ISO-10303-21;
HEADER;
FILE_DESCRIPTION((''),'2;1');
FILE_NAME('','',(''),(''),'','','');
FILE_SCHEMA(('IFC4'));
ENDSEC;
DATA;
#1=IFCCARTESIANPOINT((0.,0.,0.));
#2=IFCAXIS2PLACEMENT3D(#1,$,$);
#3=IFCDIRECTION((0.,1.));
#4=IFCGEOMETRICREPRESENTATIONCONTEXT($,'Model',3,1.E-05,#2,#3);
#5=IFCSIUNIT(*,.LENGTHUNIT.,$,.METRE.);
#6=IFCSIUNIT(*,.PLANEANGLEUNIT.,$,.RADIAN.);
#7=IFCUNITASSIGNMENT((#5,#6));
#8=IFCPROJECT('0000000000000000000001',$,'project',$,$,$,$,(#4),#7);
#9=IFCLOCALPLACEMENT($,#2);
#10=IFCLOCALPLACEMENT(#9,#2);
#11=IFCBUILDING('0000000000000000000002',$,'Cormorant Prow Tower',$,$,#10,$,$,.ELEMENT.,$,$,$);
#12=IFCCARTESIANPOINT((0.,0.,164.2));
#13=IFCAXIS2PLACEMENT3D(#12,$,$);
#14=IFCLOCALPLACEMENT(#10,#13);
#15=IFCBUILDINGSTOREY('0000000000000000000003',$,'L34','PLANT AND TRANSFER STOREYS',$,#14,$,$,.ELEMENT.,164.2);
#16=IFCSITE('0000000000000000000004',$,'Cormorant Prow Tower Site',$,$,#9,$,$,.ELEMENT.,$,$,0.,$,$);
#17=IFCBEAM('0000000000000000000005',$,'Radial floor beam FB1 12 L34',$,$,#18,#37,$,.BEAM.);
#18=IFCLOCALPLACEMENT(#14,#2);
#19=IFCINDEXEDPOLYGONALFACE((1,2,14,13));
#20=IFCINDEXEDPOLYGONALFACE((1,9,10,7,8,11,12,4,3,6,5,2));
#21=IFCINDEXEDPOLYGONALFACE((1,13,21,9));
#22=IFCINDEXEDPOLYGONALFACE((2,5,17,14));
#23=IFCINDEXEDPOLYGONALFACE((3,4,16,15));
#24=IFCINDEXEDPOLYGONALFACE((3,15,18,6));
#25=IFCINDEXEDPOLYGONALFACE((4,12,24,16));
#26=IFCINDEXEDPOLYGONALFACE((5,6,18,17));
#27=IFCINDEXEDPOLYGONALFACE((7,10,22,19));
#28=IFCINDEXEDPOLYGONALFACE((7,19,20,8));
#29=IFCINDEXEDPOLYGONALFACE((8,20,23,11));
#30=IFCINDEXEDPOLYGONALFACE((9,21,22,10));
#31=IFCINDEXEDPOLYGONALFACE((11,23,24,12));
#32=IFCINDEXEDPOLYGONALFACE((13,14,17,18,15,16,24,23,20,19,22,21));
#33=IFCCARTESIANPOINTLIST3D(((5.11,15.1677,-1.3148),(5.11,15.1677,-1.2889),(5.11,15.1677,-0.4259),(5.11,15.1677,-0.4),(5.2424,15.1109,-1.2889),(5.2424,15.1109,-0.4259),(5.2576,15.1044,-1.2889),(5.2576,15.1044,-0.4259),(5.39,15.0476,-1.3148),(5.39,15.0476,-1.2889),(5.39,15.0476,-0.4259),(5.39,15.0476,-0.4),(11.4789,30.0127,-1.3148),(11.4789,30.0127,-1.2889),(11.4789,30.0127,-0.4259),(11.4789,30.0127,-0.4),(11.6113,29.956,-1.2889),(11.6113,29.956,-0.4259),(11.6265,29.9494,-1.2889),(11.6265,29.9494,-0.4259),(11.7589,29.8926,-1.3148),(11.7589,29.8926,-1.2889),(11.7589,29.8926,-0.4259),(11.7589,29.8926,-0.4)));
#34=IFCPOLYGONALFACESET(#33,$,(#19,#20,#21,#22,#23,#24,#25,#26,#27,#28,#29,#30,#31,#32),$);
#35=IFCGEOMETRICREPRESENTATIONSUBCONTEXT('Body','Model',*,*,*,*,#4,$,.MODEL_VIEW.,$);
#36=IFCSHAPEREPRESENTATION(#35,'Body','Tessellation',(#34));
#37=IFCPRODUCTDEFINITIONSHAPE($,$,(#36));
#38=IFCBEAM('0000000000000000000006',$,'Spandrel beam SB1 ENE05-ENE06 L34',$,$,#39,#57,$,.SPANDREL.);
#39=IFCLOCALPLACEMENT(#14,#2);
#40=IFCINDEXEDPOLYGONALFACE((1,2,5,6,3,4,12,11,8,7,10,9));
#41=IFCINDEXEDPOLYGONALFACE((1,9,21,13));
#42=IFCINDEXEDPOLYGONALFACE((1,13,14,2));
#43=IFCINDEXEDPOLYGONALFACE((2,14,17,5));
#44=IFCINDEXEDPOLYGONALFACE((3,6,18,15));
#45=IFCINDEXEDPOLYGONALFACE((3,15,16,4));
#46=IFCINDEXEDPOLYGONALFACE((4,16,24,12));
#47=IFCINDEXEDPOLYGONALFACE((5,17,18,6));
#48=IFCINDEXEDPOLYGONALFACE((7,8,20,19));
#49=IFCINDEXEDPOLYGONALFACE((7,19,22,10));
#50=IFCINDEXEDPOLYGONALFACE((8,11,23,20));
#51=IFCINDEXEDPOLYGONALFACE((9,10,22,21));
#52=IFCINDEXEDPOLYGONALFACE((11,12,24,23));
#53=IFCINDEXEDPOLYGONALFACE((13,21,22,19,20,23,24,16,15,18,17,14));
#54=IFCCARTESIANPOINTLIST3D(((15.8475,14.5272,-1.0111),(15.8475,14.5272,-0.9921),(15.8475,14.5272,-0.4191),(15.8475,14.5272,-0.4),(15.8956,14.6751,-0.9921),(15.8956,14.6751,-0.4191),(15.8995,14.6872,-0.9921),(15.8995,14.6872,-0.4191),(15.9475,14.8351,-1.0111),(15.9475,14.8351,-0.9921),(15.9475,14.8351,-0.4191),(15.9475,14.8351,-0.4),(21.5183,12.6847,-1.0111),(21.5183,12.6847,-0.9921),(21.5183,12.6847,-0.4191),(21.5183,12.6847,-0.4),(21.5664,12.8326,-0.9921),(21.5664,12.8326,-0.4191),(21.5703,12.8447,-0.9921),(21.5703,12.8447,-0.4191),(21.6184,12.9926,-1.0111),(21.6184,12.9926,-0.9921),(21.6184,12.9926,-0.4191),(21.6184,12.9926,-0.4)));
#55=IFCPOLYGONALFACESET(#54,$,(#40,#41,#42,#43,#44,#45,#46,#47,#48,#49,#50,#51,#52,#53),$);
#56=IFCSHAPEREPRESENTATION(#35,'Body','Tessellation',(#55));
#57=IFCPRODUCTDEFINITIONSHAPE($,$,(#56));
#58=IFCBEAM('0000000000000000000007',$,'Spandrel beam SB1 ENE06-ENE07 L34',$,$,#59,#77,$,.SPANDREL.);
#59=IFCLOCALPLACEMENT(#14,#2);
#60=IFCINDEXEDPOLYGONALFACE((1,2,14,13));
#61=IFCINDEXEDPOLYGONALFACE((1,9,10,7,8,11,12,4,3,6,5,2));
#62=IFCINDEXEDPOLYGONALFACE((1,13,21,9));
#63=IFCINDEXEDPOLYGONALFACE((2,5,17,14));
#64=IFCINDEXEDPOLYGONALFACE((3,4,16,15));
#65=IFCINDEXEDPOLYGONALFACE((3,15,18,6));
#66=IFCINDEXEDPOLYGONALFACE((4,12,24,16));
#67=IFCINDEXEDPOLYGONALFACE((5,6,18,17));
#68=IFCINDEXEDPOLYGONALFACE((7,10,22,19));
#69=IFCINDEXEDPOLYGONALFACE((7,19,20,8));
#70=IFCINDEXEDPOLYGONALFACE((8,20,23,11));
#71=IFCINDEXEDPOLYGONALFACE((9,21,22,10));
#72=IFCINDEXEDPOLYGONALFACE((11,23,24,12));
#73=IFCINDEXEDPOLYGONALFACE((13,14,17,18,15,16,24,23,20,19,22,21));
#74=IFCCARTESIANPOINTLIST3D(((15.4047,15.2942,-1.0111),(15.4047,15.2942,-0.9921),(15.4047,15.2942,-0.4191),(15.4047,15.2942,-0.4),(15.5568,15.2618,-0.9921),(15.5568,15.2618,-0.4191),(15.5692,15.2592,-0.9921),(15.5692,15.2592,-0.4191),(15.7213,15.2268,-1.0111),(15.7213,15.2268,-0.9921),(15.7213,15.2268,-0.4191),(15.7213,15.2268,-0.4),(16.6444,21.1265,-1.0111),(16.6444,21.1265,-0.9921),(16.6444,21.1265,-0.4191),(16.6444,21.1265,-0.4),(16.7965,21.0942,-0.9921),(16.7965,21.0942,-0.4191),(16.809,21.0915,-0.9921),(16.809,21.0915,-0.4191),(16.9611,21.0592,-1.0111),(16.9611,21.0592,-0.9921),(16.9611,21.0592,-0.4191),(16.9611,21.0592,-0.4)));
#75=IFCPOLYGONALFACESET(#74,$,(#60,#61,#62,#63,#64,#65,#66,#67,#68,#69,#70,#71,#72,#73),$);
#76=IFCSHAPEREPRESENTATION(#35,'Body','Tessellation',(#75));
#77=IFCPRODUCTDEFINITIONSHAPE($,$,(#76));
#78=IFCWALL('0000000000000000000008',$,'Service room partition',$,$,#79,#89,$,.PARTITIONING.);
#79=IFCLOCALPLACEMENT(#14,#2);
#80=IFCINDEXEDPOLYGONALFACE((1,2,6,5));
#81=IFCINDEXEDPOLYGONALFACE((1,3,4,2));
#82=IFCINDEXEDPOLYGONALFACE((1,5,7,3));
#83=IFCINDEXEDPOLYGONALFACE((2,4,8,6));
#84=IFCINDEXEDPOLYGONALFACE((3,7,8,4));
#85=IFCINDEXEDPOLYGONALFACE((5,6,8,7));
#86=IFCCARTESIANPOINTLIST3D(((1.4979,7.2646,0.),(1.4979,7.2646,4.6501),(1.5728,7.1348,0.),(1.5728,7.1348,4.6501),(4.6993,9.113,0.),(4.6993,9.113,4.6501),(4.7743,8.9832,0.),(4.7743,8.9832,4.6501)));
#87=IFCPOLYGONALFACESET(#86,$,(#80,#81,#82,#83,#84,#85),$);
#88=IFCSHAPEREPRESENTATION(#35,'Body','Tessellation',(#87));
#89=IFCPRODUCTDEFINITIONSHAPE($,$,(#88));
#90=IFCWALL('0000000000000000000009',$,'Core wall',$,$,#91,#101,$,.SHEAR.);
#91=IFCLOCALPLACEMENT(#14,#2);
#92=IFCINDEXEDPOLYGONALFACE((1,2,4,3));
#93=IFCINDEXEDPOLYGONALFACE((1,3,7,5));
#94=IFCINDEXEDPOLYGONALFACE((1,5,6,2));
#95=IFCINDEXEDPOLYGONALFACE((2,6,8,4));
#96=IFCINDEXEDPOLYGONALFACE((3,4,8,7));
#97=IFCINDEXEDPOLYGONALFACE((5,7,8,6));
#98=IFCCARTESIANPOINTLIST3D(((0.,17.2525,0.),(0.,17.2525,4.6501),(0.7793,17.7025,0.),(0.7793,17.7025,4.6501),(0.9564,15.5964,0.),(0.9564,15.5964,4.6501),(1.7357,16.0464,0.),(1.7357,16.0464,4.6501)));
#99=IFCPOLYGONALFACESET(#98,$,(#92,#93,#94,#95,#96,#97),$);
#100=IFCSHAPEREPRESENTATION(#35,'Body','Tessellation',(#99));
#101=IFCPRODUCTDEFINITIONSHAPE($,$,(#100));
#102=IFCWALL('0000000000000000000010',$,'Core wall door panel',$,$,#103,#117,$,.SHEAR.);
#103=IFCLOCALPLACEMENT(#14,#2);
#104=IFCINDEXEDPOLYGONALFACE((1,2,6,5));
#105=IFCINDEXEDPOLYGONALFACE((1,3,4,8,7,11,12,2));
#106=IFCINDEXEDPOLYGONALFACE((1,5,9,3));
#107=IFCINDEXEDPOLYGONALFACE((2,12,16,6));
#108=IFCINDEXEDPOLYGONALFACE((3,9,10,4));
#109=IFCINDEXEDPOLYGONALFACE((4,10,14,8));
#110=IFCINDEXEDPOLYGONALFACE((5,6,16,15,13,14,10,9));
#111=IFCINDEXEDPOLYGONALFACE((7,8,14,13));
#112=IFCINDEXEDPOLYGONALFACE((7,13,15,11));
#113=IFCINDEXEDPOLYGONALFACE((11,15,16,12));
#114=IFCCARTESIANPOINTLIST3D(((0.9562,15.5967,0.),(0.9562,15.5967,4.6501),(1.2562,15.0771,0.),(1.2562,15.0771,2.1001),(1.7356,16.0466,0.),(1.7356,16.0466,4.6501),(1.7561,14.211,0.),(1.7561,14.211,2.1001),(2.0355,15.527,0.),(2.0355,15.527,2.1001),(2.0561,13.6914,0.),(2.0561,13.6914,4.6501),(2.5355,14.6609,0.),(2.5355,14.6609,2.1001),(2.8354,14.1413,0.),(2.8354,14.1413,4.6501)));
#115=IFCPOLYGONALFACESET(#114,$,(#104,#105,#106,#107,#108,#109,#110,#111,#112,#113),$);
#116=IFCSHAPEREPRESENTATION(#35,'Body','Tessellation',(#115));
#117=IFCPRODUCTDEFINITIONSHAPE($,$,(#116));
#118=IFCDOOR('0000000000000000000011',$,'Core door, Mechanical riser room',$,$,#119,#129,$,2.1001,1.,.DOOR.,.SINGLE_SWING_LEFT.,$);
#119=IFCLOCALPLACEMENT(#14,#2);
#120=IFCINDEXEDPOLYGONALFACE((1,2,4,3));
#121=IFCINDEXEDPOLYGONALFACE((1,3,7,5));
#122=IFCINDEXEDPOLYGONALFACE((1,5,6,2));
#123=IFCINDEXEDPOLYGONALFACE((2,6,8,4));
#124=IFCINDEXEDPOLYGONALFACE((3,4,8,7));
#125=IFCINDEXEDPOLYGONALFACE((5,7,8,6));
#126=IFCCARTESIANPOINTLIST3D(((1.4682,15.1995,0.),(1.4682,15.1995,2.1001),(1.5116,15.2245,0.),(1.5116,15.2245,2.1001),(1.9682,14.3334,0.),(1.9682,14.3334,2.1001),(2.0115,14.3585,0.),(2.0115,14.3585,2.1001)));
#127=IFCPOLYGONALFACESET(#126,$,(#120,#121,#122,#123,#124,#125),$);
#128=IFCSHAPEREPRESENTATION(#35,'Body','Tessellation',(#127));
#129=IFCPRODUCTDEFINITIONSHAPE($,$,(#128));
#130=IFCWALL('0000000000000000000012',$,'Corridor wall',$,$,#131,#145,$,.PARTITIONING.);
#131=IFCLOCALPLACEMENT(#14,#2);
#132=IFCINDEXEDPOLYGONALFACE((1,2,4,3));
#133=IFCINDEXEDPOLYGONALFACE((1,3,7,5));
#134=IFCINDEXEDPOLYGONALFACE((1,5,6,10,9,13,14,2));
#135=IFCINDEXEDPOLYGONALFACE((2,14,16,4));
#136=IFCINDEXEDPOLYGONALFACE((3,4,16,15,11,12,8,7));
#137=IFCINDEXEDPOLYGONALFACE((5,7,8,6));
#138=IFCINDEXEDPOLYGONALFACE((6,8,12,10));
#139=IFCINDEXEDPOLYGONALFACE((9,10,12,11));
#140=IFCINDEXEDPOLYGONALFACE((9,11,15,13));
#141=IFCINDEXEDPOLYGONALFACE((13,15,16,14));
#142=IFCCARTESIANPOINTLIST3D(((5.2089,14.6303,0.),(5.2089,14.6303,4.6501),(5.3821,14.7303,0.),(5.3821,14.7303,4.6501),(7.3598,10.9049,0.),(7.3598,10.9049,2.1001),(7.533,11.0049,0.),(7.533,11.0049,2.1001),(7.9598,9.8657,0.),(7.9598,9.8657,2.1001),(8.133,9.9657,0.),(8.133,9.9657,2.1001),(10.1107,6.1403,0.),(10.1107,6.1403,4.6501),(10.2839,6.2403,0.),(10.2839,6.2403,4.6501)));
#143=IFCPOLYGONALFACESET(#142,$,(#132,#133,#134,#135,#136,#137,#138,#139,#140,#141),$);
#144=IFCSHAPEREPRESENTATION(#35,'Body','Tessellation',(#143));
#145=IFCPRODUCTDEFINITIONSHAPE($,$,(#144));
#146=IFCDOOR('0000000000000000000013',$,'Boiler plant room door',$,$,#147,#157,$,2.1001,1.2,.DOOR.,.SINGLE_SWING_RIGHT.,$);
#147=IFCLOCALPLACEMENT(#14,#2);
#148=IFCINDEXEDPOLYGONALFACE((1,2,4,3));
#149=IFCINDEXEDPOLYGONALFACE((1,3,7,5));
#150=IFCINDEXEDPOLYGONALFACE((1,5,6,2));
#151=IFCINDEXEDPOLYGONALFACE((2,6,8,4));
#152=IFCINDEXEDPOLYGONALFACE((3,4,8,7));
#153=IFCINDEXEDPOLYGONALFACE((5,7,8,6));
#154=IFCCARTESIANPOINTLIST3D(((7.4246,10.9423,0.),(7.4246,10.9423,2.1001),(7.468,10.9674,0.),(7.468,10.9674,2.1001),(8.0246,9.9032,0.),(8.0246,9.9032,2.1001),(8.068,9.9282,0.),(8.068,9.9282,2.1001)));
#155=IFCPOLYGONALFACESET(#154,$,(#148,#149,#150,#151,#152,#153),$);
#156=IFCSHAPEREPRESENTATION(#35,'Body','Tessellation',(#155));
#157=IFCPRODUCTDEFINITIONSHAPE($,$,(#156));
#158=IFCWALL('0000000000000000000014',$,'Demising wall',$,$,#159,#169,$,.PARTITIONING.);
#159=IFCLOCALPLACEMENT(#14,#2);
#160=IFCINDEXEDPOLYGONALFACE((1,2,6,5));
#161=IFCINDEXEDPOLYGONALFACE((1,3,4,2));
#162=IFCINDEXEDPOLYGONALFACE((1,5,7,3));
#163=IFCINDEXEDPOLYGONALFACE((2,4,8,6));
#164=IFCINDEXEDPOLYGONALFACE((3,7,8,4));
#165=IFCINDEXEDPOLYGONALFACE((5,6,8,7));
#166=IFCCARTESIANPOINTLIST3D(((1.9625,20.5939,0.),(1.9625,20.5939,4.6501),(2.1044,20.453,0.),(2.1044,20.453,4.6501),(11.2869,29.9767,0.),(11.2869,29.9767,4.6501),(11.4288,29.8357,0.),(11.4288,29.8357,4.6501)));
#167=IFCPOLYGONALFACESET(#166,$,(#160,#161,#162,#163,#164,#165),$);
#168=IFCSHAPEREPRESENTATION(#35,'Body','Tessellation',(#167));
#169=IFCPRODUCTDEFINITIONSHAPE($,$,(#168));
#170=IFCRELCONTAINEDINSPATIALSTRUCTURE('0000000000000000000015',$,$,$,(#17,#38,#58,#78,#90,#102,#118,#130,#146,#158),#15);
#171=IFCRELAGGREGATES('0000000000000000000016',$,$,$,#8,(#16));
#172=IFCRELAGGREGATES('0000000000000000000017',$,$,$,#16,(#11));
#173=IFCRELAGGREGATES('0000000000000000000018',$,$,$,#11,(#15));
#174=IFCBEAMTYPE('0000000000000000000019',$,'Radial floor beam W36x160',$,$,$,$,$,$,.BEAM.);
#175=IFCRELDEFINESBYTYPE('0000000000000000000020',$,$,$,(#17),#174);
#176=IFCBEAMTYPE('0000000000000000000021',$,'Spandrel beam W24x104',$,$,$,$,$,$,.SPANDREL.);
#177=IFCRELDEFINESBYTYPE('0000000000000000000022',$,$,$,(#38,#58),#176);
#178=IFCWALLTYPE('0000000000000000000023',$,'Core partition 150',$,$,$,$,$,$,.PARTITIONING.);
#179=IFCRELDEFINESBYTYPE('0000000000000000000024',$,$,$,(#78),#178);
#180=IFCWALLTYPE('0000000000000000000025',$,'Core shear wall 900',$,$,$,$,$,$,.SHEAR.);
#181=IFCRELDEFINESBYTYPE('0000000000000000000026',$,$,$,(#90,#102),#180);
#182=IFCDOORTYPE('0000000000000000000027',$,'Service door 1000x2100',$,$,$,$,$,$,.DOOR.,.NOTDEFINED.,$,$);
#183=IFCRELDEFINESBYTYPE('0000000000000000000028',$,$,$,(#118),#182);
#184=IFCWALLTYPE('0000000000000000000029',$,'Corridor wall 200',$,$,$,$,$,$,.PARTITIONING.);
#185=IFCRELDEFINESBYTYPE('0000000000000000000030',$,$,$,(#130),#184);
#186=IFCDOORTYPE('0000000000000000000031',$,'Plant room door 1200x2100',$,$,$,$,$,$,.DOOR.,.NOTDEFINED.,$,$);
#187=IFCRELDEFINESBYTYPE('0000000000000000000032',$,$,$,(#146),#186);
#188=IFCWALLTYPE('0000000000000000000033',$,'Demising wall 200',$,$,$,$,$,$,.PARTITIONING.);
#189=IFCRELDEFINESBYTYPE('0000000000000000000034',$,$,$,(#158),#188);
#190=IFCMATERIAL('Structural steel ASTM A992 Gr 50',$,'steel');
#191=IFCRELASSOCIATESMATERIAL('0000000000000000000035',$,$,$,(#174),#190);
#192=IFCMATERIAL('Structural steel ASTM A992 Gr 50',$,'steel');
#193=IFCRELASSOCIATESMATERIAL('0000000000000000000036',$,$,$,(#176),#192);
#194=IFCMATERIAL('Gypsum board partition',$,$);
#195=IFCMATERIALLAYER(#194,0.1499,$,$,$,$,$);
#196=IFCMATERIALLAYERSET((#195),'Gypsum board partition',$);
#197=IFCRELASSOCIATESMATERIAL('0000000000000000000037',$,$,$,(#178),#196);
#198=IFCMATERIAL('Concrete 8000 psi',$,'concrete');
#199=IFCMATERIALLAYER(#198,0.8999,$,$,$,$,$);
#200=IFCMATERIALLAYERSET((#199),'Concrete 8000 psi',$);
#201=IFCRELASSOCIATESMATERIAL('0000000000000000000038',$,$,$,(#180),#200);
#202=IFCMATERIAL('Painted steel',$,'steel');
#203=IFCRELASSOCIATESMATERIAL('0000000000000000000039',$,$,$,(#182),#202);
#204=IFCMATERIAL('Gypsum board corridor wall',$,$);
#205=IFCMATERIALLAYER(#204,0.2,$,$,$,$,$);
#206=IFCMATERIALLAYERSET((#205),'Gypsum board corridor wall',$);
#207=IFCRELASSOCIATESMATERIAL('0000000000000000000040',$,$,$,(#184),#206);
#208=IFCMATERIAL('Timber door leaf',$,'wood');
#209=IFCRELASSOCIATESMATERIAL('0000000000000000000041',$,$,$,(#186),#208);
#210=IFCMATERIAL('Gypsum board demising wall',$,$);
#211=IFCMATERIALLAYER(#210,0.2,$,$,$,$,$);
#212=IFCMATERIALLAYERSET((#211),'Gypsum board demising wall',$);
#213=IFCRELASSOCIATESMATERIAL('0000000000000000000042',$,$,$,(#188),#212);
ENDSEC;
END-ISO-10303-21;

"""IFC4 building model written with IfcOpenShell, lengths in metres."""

from ifc_helpers import new_model, si_unit, direction, frame, frame_2d, origin, origin_2d, place, context, subcontext, project, spatial, rectangle, i_section, extrude, material, layer, layer_set, material_profile, profile_set, type_object, element, fill, save


model = new_model("IFC4")

# Units and contexts
model_context = context("Model", 3, precision=1e-05, world=origin(), true_north=direction((0.0, 1.0)))
body_context = subcontext(model_context, "Body", "Model", "MODEL_VIEW")
ifc_project = project(units=[si_unit("LENGTHUNIT", "METRE"), si_unit("PLANEANGLEUNIT", "RADIAN")], contexts=[model_context])

# Site, building, storey
site_placement = place(None, origin())
site = spatial("IfcSite", under=ifc_project, at=site_placement, Name="Cormorant Prow Tower Site", CompositionType="ELEMENT", RefElevation=0.0)
building_placement = place(site_placement, origin())
building = spatial("IfcBuilding", under=site, at=building_placement, Name="Cormorant Prow Tower", CompositionType="ELEMENT")
storey_placement = place(building_placement, frame((0.0, 0.0, 164.2)))
storey = spatial("IfcBuildingStorey", under=building, at=storey_placement, Name="L34", Description="PLANT AND TRANSFER STOREYS", CompositionType="ELEMENT", Elevation=164.2)

# Beams
ifc_material_1 = material(Name="Structural steel ASTM A992 Gr 50", Category="steel")
ifc_material_profile_1 = material_profile(ifc_material_1, i_section(OverallWidth=0.3047, OverallDepth=0.9148, WebThickness=0.0166, FlangeThickness=0.0259, at=origin_2d()), Name="W36x160")
ifc_profile_set_1 = profile_set([ifc_material_profile_1], Name="Structural steel ASTM A992 Gr 50")
beam_type_1 = type_object("IfcBeamType", Name="Radial floor beam W36x160", PredefinedType="BEAM", material=ifc_profile_set_1)
beam_placement = place(storey_placement, frame((5.25, 15.1077, -0.8574), z_axis=(0.394273, 0.918993, 0.0), x_axis=(-0.918993, 0.394273, 0.0)))
element("IfcBeam", 1, at=beam_placement, inside=storey, type_object=beam_type_1, Name="Radial floor beam FB1 12 L34", PredefinedType="BEAM", context=body_context, shape_type="SweptSolid", body=[
    extrude(i_section(OverallWidth=0.3047, OverallDepth=0.9148, WebThickness=0.0166, FlangeThickness=0.0259, at=origin_2d()), origin(), (0.0, 0.0, 1.0), 16.1536),
])
ifc_material_2 = material(Name="Structural steel ASTM A992 Gr 50", Category="steel")
ifc_material_profile_2 = material_profile(ifc_material_2, i_section(OverallWidth=0.3237, OverallDepth=0.6111, WebThickness=0.0127, FlangeThickness=0.019, at=origin_2d()), Name="W24x104")
ifc_profile_set_2 = profile_set([ifc_material_profile_2], Name="Structural steel ASTM A992 Gr 50")
beam_type_2 = type_object("IfcBeamType", Name="Spandrel beam W24x104", PredefinedType="SPANDREL", material=ifc_profile_set_2)
for number, where, z_axis, x_axis, name in (
    (2, (21.5684, 12.8386, -0.7056), (-0.951059, 0.309008, 0.0), (-0.309008, -0.951059, 0.0), "Spandrel beam SB1 ENE05-ENE06 L34"),
    (3, (15.563, 15.2605, -0.7056), (0.207921, 0.978146, 0.0), (-0.978146, 0.207921, 0.0), "Spandrel beam SB1 ENE06-ENE07 L34"),
):
    element("IfcBeam", number, at=place(storey_placement, frame(where, z_axis=z_axis, x_axis=x_axis)), inside=storey, type_object=beam_type_2, Name=name, PredefinedType="SPANDREL", context=body_context, shape_type="SweptSolid", body=[
        extrude(i_section(OverallWidth=0.3237, OverallDepth=0.6111, WebThickness=0.0127, FlangeThickness=0.019, at=origin_2d()), origin(), (0.0, 0.0, 1.0), 5.9626),
    ])

# Walls
ifc_material_3 = material(Name="Gypsum board partition")
ifc_layer_1 = layer(ifc_material_3, 0.1499)
ifc_layer_set_1 = layer_set([ifc_layer_1], Name="Gypsum board partition")
wall_type_1 = type_object("IfcWallType", Name="Core partition 150", PredefinedType="PARTITIONING", material=ifc_layer_set_1)
wall_1_placement = place(storey_placement, frame((4.7368, 9.0481, 0.0), z_axis=(0.0, 0.0, 1.0), x_axis=(-0.86602, -0.50001, 0.0)))
element("IfcWall", 4, at=wall_1_placement, inside=storey, type_object=wall_type_1, Name="Service room partition", PredefinedType="PARTITIONING", context=body_context, shape_type="SweptSolid", body=[
    extrude(rectangle(XDim=3.6968, YDim=0.1499, at=frame_2d((1.8484, 0.0))), origin(), (0.0, 0.0, 1.0), 4.6501),
])
ifc_material_4 = material(Name="Concrete 8000 psi", Category="concrete")
ifc_layer_2 = layer(ifc_material_4, 0.8999)
ifc_layer_set_2 = layer_set([ifc_layer_2], Name="Concrete 8000 psi")
wall_type_2 = type_object("IfcWallType", Name="Core shear wall 900", PredefinedType="SHEAR", material=ifc_layer_set_2)
wall_2_placement = place(storey_placement, frame((1.3459, 15.8215, 0.0), z_axis=(0.0, 0.0, 1.0), x_axis=(-0.50008, 0.865979, 0.0)))
element("IfcWall", 5, at=wall_2_placement, inside=storey, type_object=wall_type_2, Name="Core wall", PredefinedType="SHEAR", context=body_context, shape_type="SweptSolid", body=[
    extrude(rectangle(XDim=1.9124, YDim=0.8999, at=frame_2d((0.9561, 0.0))), origin(), (0.0, 0.0, 1.0), 4.6501),
])

# Walls, openings, doors
wall_3_placement = place(storey_placement, frame((2.4458, 13.9163, 0.0), z_axis=(0.0, 0.0, 1.0), x_axis=(-0.499947, 0.866056, 0.0)))
wall_3 = element("IfcWall", 6, at=wall_3_placement, inside=storey, type_object=wall_type_2, Name="Core wall door panel", PredefinedType="SHEAR", context=body_context, shape_type="SweptSolid", body=[
    extrude(rectangle(XDim=2.2, YDim=0.8999, at=frame_2d((1.1001, 0.0))), origin(), (0.0, 0.0, 1.0), 4.6501),
])
opening_1_placement = place(wall_3_placement, frame((0.6001, 0.0, 0.0)))
opening_1 = element("IfcOpeningElement", 7, at=opening_1_placement, cuts=wall_3, PredefinedType="OPENING", context=body_context, shape_type="SweptSolid", body=[
    extrude(rectangle(XDim=1.0, YDim=2.1001, at=frame_2d((0.5, 1.05))), frame((0.0, 0.46, 0.0), z_axis=(0.0, -1.0, 0.0), x_axis=(1.0, 0.0, 0.0)), (0.0, 0.0, 1.0), 0.9199),
])
ifc_material_5 = material(Name="Painted steel", Category="steel")
door_type_1 = type_object("IfcDoorType", Name="Service door 1000x2100", OperationType="NOTDEFINED", PredefinedType="DOOR", material=ifc_material_5)
door_1_placement = place(opening_1_placement, origin())
door_1 = element("IfcDoor", 8, at=door_1_placement, inside=storey, type_object=door_type_1, Name="Core door, Mechanical riser room", OperationType="SINGLE_SWING_LEFT", OverallHeight=2.1001, OverallWidth=1.0, PredefinedType="DOOR", context=body_context, shape_type="SweptSolid", body=[
    extrude(rectangle(XDim=1.0, YDim=2.1001, at=frame_2d((0.5, 1.05))), frame((0.0, 0.2051, 0.0), z_axis=(0.0, -1.0, 0.0), x_axis=(1.0, 0.0, 0.0)), (0.0, 0.0, 1.0), 0.05),
])
fill(opening_1, door_1)
ifc_material_6 = material(Name="Gypsum board corridor wall")
ifc_layer_3 = layer(ifc_material_6, 0.2)
ifc_layer_set_3 = layer_set([ifc_layer_3], Name="Gypsum board corridor wall")
wall_type_3 = type_object("IfcWallType", Name="Corridor wall 200", PredefinedType="PARTITIONING", material=ifc_layer_set_3)
wall_4_placement = place(storey_placement, frame((5.2954, 14.6804, 0.0), z_axis=(0.0, 0.0, 1.0), x_axis=(0.500012, -0.866018, 0.0)))
wall_4 = element("IfcWall", 9, at=wall_4_placement, inside=storey, type_object=wall_type_3, Name="Corridor wall", PredefinedType="PARTITIONING", context=body_context, shape_type="SweptSolid", body=[
    extrude(rectangle(XDim=9.8035, YDim=0.2, at=frame_2d((4.9019, 0.0))), origin(), (0.0, 0.0, 1.0), 4.6501),
])
opening_2_placement = place(wall_4_placement, frame((4.3018, 0.0, 0.0)))
opening_2 = element("IfcOpeningElement", 10, at=opening_2_placement, cuts=wall_4, PredefinedType="OPENING", context=body_context, shape_type="SweptSolid", body=[
    extrude(rectangle(XDim=1.2, YDim=2.1001, at=frame_2d((0.6001, 1.05))), frame((0.0, 0.1099, 0.0), z_axis=(0.0, -1.0, 0.0), x_axis=(1.0, 0.0, 0.0)), (0.0, 0.0, 1.0), 0.22),
])
ifc_material_7 = material(Name="Timber door leaf", Category="wood")
door_type_2 = type_object("IfcDoorType", Name="Plant room door 1200x2100", OperationType="NOTDEFINED", PredefinedType="DOOR", material=ifc_material_7)
door_2_placement = place(opening_2_placement, origin())
door_2 = element("IfcDoor", 11, at=door_2_placement, inside=storey, type_object=door_type_2, Name="Boiler plant room door", OperationType="SINGLE_SWING_RIGHT", OverallHeight=2.1001, OverallWidth=1.2, PredefinedType="DOOR", context=body_context, shape_type="SweptSolid", body=[
    extrude(rectangle(XDim=1.2, YDim=2.1001, at=frame_2d((0.6001, 1.05))), frame((0.0, 0.0249, 0.0), z_axis=(0.0, -1.0, 0.0), x_axis=(1.0, 0.0, 0.0)), (0.0, 0.0, 1.0), 0.05),
])
fill(opening_2, door_2)

# Wall
ifc_material_8 = material(Name="Gypsum board demising wall")
ifc_layer_4 = layer(ifc_material_8, 0.2)
ifc_layer_set_4 = layer_set([ifc_layer_4], Name="Gypsum board demising wall")
wall_type_4 = type_object("IfcWallType", Name="Demising wall 200", PredefinedType="PARTITIONING", material=ifc_layer_set_4)
wall_5_placement = place(storey_placement, frame((2.0334, 20.5234, 0.0), z_axis=(0.0, 0.0, 1.0), x_axis=(0.704898, 0.709309, 0.0)))
element("IfcWall", 12, at=wall_5_placement, inside=storey, type_object=wall_type_4, Name="Demising wall", PredefinedType="PARTITIONING", context=body_context, shape_type="SweptSolid", body=[
    extrude(rectangle(XDim=13.228, YDim=0.2, at=frame_2d((6.614, 0.0))), origin(), (0.0, 0.0, 1.0), 4.6501),
])

save(model, "model.ifc")
